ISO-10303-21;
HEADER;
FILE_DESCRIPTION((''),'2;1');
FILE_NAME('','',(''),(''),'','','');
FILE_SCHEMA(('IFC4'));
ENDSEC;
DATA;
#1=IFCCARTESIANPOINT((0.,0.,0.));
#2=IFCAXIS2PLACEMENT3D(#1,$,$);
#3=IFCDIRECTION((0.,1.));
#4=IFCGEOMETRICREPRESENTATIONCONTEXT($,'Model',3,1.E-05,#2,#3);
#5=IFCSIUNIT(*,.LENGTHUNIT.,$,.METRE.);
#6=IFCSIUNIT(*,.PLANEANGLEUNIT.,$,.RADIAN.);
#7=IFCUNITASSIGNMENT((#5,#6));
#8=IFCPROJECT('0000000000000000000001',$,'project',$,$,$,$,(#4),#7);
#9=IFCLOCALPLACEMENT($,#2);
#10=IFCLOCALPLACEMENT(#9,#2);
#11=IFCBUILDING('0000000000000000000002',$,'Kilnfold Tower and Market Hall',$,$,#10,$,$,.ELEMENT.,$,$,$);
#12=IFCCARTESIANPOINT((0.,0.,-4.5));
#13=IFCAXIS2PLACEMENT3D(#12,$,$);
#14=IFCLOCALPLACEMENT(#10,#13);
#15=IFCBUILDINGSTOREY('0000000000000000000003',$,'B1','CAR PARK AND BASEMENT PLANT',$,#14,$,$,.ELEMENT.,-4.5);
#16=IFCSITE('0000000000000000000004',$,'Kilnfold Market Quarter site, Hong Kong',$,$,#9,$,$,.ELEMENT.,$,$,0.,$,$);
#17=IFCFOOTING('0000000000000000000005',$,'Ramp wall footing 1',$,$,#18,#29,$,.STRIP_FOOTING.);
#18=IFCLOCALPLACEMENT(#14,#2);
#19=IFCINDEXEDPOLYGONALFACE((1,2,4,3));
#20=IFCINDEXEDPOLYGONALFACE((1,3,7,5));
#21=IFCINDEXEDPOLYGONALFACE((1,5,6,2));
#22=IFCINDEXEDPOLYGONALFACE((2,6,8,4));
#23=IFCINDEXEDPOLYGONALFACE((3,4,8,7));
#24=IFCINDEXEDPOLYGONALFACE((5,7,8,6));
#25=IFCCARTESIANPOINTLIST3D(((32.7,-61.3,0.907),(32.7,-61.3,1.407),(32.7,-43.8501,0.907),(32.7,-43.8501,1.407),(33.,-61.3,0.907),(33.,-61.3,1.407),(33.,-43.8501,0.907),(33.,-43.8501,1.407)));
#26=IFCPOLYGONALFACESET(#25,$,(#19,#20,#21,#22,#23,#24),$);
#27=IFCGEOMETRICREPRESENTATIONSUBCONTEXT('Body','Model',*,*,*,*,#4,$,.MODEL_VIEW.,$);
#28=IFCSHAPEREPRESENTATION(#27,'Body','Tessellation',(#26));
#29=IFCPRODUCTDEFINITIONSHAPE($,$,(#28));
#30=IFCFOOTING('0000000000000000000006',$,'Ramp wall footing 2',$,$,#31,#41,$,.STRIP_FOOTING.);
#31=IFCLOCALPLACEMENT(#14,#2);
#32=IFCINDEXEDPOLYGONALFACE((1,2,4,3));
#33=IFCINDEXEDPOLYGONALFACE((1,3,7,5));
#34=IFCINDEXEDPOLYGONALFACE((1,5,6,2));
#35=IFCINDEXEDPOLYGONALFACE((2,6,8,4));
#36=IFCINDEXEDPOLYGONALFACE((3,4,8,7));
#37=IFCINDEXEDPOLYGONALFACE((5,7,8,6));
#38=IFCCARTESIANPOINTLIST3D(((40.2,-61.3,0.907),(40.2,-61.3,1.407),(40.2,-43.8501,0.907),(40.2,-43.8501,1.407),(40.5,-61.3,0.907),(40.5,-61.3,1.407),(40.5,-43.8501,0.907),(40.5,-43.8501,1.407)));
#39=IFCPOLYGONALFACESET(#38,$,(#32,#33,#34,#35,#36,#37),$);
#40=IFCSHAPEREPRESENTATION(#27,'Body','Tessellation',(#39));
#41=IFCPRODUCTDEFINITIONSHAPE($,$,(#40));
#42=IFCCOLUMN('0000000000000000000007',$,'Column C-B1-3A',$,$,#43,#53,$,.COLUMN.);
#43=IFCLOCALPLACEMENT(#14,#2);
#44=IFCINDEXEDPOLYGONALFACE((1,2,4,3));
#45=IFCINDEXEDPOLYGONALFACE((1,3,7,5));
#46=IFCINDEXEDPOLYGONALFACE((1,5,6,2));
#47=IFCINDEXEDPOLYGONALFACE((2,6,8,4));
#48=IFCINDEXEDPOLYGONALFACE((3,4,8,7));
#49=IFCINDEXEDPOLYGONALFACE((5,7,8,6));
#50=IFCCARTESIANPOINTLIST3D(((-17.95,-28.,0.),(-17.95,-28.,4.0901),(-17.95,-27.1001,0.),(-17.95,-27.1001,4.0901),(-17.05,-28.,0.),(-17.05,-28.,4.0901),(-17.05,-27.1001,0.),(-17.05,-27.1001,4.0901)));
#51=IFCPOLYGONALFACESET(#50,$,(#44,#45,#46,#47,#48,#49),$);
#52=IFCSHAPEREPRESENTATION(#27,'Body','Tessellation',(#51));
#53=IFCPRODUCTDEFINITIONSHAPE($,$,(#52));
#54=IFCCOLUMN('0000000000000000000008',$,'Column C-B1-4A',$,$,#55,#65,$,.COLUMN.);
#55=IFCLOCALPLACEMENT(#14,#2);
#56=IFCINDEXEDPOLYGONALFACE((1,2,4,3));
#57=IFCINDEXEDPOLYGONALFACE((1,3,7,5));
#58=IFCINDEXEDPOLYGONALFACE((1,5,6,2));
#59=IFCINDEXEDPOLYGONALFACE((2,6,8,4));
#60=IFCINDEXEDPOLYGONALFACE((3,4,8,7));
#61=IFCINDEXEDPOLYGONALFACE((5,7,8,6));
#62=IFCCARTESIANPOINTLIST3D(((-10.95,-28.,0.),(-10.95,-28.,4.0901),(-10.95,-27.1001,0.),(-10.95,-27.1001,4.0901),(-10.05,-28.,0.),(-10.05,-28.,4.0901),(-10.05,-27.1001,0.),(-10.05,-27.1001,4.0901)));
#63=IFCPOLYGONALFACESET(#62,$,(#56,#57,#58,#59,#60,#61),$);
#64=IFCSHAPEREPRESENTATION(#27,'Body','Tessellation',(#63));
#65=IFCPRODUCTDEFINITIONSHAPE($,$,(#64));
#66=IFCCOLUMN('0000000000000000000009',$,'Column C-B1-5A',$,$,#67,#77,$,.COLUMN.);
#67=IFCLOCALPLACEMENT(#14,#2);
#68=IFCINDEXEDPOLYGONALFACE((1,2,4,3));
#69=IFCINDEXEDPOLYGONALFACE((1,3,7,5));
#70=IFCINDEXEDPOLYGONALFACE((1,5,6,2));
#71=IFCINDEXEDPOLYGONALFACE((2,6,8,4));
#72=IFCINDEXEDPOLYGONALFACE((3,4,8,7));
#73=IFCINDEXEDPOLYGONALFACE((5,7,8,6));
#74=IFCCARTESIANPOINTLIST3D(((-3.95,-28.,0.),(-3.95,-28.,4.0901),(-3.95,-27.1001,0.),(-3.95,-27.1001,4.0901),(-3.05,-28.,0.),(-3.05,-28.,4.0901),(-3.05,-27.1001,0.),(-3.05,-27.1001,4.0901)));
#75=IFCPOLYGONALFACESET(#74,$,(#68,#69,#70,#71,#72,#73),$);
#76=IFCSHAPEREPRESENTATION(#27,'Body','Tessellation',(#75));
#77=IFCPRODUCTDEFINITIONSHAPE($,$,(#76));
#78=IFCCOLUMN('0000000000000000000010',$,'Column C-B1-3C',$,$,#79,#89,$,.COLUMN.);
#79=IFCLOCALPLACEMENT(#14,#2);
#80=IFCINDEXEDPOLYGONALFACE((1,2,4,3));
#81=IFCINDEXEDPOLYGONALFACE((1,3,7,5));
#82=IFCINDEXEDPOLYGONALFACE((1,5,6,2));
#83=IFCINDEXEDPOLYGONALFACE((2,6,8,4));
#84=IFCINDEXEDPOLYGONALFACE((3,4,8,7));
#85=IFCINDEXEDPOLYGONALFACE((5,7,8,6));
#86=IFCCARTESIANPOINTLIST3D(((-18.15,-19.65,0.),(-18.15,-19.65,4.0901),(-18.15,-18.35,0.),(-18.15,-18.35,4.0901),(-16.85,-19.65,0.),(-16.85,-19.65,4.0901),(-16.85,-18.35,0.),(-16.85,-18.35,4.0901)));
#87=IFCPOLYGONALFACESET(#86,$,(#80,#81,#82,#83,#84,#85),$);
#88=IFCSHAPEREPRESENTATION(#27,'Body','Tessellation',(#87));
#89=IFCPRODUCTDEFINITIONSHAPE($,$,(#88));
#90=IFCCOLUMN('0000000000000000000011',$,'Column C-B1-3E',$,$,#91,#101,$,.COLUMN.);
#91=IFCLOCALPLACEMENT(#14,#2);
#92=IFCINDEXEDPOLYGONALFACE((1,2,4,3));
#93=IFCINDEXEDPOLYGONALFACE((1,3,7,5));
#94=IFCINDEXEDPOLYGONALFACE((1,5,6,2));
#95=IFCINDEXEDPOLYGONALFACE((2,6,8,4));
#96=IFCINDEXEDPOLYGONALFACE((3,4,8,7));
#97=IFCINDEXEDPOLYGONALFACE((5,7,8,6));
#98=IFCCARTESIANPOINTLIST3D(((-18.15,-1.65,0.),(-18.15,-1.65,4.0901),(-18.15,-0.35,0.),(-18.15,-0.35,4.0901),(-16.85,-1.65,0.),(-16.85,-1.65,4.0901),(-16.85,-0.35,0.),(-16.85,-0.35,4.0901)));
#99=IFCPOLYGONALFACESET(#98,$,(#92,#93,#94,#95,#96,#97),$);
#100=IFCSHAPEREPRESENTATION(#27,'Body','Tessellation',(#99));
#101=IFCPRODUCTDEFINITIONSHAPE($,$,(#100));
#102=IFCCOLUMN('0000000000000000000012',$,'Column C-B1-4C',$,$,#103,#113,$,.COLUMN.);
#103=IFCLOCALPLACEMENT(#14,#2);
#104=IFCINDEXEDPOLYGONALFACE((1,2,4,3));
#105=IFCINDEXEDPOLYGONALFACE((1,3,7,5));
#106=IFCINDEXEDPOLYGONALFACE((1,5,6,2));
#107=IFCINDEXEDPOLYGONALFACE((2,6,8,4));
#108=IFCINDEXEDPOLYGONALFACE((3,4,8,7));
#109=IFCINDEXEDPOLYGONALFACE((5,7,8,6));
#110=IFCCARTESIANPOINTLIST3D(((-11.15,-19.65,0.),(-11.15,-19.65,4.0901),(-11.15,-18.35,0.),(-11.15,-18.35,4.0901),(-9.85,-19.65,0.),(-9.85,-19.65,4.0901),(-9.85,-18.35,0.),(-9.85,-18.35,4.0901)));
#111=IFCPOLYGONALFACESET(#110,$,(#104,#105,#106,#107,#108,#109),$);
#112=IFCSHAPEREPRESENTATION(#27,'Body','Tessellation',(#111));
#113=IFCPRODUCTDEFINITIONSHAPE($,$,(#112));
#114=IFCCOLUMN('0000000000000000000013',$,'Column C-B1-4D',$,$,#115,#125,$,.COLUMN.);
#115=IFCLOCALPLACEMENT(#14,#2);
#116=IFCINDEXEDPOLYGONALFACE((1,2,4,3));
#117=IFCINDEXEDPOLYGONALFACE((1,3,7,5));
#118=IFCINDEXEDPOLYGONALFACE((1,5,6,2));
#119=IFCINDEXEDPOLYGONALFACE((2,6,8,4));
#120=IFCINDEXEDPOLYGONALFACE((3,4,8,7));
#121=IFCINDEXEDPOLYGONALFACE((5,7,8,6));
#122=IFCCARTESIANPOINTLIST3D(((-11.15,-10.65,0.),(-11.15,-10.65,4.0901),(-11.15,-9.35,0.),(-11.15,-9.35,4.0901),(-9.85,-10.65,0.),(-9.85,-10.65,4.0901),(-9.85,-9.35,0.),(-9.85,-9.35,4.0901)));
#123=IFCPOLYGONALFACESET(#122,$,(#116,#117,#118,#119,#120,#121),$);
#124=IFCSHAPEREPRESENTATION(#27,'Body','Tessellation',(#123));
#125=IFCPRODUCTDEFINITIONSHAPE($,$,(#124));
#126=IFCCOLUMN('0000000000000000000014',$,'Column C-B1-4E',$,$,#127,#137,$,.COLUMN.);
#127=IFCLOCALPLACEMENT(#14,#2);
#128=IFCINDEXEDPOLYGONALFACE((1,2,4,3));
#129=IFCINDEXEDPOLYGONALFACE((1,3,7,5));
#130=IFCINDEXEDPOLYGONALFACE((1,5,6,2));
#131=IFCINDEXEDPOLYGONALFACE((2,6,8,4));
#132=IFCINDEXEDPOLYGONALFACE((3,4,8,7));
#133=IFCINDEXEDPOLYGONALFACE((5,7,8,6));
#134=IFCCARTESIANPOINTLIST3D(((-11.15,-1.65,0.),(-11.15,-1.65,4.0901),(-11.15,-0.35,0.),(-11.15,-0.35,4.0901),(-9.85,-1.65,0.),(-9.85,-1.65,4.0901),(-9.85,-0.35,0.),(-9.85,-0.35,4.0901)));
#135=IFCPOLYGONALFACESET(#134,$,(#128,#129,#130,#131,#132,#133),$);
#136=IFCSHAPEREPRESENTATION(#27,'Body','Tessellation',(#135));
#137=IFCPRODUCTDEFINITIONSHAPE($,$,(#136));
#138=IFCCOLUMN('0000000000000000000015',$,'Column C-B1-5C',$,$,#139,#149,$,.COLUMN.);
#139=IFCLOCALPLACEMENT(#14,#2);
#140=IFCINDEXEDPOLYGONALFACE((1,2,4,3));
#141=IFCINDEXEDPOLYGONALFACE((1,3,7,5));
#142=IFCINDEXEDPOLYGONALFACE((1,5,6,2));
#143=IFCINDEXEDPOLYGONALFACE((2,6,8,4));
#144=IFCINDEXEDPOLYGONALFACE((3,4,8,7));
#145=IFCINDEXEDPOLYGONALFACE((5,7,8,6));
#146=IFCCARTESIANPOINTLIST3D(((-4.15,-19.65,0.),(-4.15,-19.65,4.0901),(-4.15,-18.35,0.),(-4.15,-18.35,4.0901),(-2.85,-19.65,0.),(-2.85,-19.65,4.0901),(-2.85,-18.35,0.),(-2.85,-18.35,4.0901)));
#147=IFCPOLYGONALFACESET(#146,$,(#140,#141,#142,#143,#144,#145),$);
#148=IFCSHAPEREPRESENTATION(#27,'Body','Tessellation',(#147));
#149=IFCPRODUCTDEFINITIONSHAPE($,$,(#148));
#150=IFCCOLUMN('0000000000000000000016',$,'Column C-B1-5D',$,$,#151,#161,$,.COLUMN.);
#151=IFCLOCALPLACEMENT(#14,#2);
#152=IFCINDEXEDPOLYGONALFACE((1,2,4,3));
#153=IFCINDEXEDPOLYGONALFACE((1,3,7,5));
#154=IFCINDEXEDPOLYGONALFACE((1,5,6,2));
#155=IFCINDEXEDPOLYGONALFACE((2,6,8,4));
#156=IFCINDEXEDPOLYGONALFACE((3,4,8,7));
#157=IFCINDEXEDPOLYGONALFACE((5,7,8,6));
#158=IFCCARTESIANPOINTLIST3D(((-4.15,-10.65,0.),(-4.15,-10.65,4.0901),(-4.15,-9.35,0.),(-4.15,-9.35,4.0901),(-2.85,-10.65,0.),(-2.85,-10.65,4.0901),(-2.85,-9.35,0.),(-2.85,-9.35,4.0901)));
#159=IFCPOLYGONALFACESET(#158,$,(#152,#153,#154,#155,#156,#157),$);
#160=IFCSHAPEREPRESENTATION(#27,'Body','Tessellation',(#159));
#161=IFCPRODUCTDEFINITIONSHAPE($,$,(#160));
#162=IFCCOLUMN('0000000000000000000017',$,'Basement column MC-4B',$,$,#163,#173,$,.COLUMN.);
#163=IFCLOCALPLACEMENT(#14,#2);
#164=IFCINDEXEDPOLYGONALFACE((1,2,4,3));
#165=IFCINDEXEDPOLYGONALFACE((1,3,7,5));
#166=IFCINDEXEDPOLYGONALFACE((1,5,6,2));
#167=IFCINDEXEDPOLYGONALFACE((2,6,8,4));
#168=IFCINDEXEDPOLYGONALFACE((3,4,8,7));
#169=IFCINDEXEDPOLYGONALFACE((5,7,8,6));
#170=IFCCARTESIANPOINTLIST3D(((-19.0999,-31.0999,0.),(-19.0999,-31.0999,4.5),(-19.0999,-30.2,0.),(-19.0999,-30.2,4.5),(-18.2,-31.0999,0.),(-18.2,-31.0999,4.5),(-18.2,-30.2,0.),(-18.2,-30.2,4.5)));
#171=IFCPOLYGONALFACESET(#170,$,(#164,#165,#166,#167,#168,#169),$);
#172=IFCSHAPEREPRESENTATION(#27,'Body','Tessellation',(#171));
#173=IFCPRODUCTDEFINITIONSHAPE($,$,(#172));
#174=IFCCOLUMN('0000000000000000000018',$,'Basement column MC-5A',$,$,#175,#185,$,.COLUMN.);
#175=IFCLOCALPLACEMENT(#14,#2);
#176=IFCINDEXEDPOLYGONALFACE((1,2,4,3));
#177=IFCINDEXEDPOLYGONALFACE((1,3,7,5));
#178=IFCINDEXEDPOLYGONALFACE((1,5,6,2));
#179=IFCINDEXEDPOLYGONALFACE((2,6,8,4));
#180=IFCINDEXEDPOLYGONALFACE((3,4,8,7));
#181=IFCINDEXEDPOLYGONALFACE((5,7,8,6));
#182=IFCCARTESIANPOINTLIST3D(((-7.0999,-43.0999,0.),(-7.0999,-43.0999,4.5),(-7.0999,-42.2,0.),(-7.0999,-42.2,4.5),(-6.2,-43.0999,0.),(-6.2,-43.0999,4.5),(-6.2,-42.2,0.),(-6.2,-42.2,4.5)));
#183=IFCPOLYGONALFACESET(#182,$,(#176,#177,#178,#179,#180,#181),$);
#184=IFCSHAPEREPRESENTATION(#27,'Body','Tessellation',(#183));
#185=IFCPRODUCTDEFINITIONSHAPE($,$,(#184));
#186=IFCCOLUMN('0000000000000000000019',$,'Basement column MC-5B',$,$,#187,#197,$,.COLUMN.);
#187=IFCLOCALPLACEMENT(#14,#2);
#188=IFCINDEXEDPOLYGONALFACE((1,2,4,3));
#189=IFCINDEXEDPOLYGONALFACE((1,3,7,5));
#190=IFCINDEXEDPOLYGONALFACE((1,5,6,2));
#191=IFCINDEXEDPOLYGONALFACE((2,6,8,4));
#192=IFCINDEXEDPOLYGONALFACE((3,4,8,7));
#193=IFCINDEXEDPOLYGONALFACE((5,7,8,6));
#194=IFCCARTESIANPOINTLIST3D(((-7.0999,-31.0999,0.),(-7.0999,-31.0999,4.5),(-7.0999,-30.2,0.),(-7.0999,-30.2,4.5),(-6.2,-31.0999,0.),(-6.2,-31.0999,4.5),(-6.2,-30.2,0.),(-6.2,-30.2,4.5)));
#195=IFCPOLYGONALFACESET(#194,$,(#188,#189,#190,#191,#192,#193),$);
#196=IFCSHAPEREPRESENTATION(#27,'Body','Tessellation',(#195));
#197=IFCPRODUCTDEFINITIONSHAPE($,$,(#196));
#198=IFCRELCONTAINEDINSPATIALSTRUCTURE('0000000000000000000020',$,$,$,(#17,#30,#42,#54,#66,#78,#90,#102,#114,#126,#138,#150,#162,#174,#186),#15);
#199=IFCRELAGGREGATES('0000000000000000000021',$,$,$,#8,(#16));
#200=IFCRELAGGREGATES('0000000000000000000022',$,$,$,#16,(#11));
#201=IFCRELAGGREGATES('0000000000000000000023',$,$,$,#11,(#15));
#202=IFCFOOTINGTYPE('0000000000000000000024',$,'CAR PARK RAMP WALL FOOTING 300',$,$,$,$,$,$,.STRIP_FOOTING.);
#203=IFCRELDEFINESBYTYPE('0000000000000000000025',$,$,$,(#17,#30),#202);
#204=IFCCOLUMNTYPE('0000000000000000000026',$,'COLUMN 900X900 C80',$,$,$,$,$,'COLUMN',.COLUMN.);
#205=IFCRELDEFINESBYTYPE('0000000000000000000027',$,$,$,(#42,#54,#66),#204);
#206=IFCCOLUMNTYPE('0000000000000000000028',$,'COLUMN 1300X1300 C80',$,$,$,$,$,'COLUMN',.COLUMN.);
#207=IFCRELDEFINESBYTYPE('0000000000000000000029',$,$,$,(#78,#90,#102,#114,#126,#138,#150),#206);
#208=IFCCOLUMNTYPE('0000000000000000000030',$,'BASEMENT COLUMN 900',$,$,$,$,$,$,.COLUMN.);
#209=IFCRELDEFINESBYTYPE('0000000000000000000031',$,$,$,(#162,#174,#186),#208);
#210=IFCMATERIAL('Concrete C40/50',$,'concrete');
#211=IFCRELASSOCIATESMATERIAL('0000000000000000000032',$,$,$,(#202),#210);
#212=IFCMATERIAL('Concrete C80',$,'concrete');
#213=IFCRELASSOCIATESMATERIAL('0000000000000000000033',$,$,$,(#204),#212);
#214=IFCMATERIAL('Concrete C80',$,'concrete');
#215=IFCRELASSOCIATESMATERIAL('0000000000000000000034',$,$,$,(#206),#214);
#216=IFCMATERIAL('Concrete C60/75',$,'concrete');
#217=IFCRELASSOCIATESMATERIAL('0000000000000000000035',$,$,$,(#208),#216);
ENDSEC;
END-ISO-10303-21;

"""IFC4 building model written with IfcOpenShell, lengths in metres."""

from ifc_helpers import new_model, si_unit, direction, frame, origin, origin_2d, place, context, subcontext, project, spatial, polyline, rectangle, outline, extrude, source, transform, mapped, material, material_profile, profile_set, type_object, element, save


model = new_model("IFC4")

# Units and contexts
model_context = context("Model", 3, precision=1e-05, world=origin(), true_north=direction((0.0, 1.0)))
body_context = subcontext(model_context, "Body", "Model", "MODEL_VIEW")
ifc_project = project(units=[si_unit("LENGTHUNIT", "METRE"), si_unit("PLANEANGLEUNIT", "RADIAN")], contexts=[model_context])

# Site, building, storey
site_placement = place(None, origin())
site = spatial("IfcSite", under=ifc_project, at=site_placement, Name="Kilnfold Market Quarter site, Hong Kong", CompositionType="ELEMENT", RefElevation=0.0)
building_placement = place(site_placement, origin())
building = spatial("IfcBuilding", under=site, at=building_placement, Name="Kilnfold Tower and Market Hall", CompositionType="ELEMENT")
storey_placement = place(building_placement, frame((0.0, 0.0, -4.5)))
storey = spatial("IfcBuildingStorey", under=building, at=storey_placement, Name="B1", Description="CAR PARK AND BASEMENT PLANT", CompositionType="ELEMENT", Elevation=-4.5)

# Footings
ifc_material_1 = material(Name="Concrete C40/50", Category="concrete")
footing_type = type_object("IfcFootingType", Name="CAR PARK RAMP WALL FOOTING 300", PredefinedType="STRIP_FOOTING", material=ifc_material_1)
shared_shape_1 = source(origin(), body_context, "Body", "SweptSolid", [
    extrude(outline(polyline([(32.7, -61.3), (33.0, -61.3), (33.0, -43.8501), (32.7, -43.8501), (32.7, -61.3)])), origin(), (0.0, 0.0, 1.0), 0.5),
])
footing_1_placement = place(storey_placement, frame((0.0, 0.0, 0.907)))
element("IfcFooting", 1, at=footing_1_placement, inside=storey, type_object=footing_type, Name="Ramp wall footing 1", PredefinedType="STRIP_FOOTING", context=body_context, shape_type="MappedRepresentation", body=[
    mapped(shared_shape_1, transform((0.0, 0.0, 0.0))),
])
shared_shape_2 = source(origin(), body_context, "Body", "SweptSolid", [
    extrude(outline(polyline([(40.2, -61.3), (40.5, -61.3), (40.5, -43.8501), (40.2, -43.8501), (40.2, -61.3)])), origin(), (0.0, 0.0, 1.0), 0.5),
])
footing_2_placement = place(storey_placement, frame((0.0, 0.0, 0.907)))
element("IfcFooting", 2, at=footing_2_placement, inside=storey, type_object=footing_type, Name="Ramp wall footing 2", PredefinedType="STRIP_FOOTING", context=body_context, shape_type="MappedRepresentation", body=[
    mapped(shared_shape_2, transform((0.0, 0.0, 0.0))),
])

# Columns
ifc_material_2 = material(Name="Concrete C80", Category="concrete")
ifc_material_profile_1 = material_profile(ifc_material_2, rectangle(XDim=0.8999, YDim=0.8999, at=origin_2d()), Name="RC 900x900")
ifc_profile_set_1 = profile_set([ifc_material_profile_1], Name="Concrete C80")
column_type_1 = type_object("IfcColumnType", Name="COLUMN 900X900 C80", ElementType="COLUMN", PredefinedType="COLUMN", material=ifc_profile_set_1)
shared_shape_3 = source(origin(), body_context, "Body", "SweptSolid", [
    extrude(rectangle(XDim=0.8999, YDim=0.8999, at=origin_2d()), origin(), (0.0, 0.0, 1.0), 4.0901),
])
for number, where, z_axis, x_axis, name in (
    (3, (-17.5, -27.55, 0.0), (0.0, 0.0, 1.0), (1.0, 0.0, 0.0), "Column C-B1-3A"),
    (4, (-10.5, -27.55, 0.0), (0.0, 0.0, 1.0), (1.0, 0.0, 0.0), "Column C-B1-4A"),
    (5, (-3.5, -27.55, 0.0), (0.0, 0.0, 1.0), (1.0, 0.0, 0.0), "Column C-B1-5A"),
):
    element("IfcColumn", number, at=place(storey_placement, frame(where, z_axis=z_axis, x_axis=x_axis)), inside=storey, type_object=column_type_1, Name=name, PredefinedType="COLUMN", context=body_context, shape_type="MappedRepresentation", body=[
        mapped(shared_shape_3, transform((0.0, 0.0, 0.0))),
    ])
ifc_material_3 = material(Name="Concrete C80", Category="concrete")
ifc_material_profile_2 = material_profile(ifc_material_3, rectangle(XDim=1.3, YDim=1.3, at=origin_2d()), Name="RC 1300x1300")
ifc_profile_set_2 = profile_set([ifc_material_profile_2], Name="Concrete C80")
column_type_2 = type_object("IfcColumnType", Name="COLUMN 1300X1300 C80", ElementType="COLUMN", PredefinedType="COLUMN", material=ifc_profile_set_2)
shared_shape_4 = source(origin(), body_context, "Body", "SweptSolid", [
    extrude(rectangle(XDim=1.3, YDim=1.3, at=origin_2d()), origin(), (0.0, 0.0, 1.0), 4.0901),
])
for number, where, z_axis, x_axis, name in (
    (6, (-17.5, -19.0, 0.0), (0.0, 0.0, 1.0), (1.0, 0.0, 0.0), "Column C-B1-3C"),
    (7, (-17.5, -1.0, 0.0), (0.0, 0.0, 1.0), (1.0, 0.0, 0.0), "Column C-B1-3E"),
    (8, (-10.5, -19.0, 0.0), (0.0, 0.0, 1.0), (1.0, 0.0, 0.0), "Column C-B1-4C"),
    (9, (-10.5, -10.0, 0.0), (0.0, 0.0, 1.0), (1.0, 0.0, 0.0), "Column C-B1-4D"),
    (10, (-10.5, -1.0, 0.0), (0.0, 0.0, 1.0), (1.0, 0.0, 0.0), "Column C-B1-4E"),
    (11, (-3.5, -19.0, 0.0), (0.0, 0.0, 1.0), (1.0, 0.0, 0.0), "Column C-B1-5C"),
    (12, (-3.5, -10.0, 0.0), (0.0, 0.0, 1.0), (1.0, 0.0, 0.0), "Column C-B1-5D"),
):
    element("IfcColumn", number, at=place(storey_placement, frame(where, z_axis=z_axis, x_axis=x_axis)), inside=storey, type_object=column_type_2, Name=name, PredefinedType="COLUMN", context=body_context, shape_type="MappedRepresentation", body=[
        mapped(shared_shape_4, transform((0.0, 0.0, 0.0))),
    ])
ifc_material_4 = material(Name="Concrete C60/75", Category="concrete")
ifc_material_profile_3 = material_profile(ifc_material_4, rectangle(XDim=0.8999, YDim=0.8999, at=origin_2d()), Name="RC 900x900")
ifc_profile_set_3 = profile_set([ifc_material_profile_3], Name="Concrete C60/75")
column_type_3 = type_object("IfcColumnType", Name="BASEMENT COLUMN 900", PredefinedType="COLUMN", material=ifc_profile_set_3)
shared_shape_5 = source(origin(), body_context, "Body", "SweptSolid", [
    extrude(rectangle(XDim=0.8999, YDim=0.8999, at=origin_2d()), origin(), (0.0, 0.0, 1.0), 4.5),
])
for number, where, z_axis, x_axis, name in (
    (13, (-18.6499, -30.6499, 0.0), (0.0, 0.0, 1.0), (1.0, 0.0, 0.0), "Basement column MC-4B"),
    (14, (-6.6499, -42.6499, 0.0), (0.0, 0.0, 1.0), (1.0, 0.0, 0.0), "Basement column MC-5A"),
    (15, (-6.6499, -30.6499, 0.0), (0.0, 0.0, 1.0), (1.0, 0.0, 0.0), "Basement column MC-5B"),
):
    element("IfcColumn", number, at=place(storey_placement, frame(where, z_axis=z_axis, x_axis=x_axis)), inside=storey, type_object=column_type_3, Name=name, PredefinedType="COLUMN", context=body_context, shape_type="MappedRepresentation", body=[
        mapped(shared_shape_5, transform((0.0, 0.0, 0.0))),
    ])

save(model, "model.ifc")
